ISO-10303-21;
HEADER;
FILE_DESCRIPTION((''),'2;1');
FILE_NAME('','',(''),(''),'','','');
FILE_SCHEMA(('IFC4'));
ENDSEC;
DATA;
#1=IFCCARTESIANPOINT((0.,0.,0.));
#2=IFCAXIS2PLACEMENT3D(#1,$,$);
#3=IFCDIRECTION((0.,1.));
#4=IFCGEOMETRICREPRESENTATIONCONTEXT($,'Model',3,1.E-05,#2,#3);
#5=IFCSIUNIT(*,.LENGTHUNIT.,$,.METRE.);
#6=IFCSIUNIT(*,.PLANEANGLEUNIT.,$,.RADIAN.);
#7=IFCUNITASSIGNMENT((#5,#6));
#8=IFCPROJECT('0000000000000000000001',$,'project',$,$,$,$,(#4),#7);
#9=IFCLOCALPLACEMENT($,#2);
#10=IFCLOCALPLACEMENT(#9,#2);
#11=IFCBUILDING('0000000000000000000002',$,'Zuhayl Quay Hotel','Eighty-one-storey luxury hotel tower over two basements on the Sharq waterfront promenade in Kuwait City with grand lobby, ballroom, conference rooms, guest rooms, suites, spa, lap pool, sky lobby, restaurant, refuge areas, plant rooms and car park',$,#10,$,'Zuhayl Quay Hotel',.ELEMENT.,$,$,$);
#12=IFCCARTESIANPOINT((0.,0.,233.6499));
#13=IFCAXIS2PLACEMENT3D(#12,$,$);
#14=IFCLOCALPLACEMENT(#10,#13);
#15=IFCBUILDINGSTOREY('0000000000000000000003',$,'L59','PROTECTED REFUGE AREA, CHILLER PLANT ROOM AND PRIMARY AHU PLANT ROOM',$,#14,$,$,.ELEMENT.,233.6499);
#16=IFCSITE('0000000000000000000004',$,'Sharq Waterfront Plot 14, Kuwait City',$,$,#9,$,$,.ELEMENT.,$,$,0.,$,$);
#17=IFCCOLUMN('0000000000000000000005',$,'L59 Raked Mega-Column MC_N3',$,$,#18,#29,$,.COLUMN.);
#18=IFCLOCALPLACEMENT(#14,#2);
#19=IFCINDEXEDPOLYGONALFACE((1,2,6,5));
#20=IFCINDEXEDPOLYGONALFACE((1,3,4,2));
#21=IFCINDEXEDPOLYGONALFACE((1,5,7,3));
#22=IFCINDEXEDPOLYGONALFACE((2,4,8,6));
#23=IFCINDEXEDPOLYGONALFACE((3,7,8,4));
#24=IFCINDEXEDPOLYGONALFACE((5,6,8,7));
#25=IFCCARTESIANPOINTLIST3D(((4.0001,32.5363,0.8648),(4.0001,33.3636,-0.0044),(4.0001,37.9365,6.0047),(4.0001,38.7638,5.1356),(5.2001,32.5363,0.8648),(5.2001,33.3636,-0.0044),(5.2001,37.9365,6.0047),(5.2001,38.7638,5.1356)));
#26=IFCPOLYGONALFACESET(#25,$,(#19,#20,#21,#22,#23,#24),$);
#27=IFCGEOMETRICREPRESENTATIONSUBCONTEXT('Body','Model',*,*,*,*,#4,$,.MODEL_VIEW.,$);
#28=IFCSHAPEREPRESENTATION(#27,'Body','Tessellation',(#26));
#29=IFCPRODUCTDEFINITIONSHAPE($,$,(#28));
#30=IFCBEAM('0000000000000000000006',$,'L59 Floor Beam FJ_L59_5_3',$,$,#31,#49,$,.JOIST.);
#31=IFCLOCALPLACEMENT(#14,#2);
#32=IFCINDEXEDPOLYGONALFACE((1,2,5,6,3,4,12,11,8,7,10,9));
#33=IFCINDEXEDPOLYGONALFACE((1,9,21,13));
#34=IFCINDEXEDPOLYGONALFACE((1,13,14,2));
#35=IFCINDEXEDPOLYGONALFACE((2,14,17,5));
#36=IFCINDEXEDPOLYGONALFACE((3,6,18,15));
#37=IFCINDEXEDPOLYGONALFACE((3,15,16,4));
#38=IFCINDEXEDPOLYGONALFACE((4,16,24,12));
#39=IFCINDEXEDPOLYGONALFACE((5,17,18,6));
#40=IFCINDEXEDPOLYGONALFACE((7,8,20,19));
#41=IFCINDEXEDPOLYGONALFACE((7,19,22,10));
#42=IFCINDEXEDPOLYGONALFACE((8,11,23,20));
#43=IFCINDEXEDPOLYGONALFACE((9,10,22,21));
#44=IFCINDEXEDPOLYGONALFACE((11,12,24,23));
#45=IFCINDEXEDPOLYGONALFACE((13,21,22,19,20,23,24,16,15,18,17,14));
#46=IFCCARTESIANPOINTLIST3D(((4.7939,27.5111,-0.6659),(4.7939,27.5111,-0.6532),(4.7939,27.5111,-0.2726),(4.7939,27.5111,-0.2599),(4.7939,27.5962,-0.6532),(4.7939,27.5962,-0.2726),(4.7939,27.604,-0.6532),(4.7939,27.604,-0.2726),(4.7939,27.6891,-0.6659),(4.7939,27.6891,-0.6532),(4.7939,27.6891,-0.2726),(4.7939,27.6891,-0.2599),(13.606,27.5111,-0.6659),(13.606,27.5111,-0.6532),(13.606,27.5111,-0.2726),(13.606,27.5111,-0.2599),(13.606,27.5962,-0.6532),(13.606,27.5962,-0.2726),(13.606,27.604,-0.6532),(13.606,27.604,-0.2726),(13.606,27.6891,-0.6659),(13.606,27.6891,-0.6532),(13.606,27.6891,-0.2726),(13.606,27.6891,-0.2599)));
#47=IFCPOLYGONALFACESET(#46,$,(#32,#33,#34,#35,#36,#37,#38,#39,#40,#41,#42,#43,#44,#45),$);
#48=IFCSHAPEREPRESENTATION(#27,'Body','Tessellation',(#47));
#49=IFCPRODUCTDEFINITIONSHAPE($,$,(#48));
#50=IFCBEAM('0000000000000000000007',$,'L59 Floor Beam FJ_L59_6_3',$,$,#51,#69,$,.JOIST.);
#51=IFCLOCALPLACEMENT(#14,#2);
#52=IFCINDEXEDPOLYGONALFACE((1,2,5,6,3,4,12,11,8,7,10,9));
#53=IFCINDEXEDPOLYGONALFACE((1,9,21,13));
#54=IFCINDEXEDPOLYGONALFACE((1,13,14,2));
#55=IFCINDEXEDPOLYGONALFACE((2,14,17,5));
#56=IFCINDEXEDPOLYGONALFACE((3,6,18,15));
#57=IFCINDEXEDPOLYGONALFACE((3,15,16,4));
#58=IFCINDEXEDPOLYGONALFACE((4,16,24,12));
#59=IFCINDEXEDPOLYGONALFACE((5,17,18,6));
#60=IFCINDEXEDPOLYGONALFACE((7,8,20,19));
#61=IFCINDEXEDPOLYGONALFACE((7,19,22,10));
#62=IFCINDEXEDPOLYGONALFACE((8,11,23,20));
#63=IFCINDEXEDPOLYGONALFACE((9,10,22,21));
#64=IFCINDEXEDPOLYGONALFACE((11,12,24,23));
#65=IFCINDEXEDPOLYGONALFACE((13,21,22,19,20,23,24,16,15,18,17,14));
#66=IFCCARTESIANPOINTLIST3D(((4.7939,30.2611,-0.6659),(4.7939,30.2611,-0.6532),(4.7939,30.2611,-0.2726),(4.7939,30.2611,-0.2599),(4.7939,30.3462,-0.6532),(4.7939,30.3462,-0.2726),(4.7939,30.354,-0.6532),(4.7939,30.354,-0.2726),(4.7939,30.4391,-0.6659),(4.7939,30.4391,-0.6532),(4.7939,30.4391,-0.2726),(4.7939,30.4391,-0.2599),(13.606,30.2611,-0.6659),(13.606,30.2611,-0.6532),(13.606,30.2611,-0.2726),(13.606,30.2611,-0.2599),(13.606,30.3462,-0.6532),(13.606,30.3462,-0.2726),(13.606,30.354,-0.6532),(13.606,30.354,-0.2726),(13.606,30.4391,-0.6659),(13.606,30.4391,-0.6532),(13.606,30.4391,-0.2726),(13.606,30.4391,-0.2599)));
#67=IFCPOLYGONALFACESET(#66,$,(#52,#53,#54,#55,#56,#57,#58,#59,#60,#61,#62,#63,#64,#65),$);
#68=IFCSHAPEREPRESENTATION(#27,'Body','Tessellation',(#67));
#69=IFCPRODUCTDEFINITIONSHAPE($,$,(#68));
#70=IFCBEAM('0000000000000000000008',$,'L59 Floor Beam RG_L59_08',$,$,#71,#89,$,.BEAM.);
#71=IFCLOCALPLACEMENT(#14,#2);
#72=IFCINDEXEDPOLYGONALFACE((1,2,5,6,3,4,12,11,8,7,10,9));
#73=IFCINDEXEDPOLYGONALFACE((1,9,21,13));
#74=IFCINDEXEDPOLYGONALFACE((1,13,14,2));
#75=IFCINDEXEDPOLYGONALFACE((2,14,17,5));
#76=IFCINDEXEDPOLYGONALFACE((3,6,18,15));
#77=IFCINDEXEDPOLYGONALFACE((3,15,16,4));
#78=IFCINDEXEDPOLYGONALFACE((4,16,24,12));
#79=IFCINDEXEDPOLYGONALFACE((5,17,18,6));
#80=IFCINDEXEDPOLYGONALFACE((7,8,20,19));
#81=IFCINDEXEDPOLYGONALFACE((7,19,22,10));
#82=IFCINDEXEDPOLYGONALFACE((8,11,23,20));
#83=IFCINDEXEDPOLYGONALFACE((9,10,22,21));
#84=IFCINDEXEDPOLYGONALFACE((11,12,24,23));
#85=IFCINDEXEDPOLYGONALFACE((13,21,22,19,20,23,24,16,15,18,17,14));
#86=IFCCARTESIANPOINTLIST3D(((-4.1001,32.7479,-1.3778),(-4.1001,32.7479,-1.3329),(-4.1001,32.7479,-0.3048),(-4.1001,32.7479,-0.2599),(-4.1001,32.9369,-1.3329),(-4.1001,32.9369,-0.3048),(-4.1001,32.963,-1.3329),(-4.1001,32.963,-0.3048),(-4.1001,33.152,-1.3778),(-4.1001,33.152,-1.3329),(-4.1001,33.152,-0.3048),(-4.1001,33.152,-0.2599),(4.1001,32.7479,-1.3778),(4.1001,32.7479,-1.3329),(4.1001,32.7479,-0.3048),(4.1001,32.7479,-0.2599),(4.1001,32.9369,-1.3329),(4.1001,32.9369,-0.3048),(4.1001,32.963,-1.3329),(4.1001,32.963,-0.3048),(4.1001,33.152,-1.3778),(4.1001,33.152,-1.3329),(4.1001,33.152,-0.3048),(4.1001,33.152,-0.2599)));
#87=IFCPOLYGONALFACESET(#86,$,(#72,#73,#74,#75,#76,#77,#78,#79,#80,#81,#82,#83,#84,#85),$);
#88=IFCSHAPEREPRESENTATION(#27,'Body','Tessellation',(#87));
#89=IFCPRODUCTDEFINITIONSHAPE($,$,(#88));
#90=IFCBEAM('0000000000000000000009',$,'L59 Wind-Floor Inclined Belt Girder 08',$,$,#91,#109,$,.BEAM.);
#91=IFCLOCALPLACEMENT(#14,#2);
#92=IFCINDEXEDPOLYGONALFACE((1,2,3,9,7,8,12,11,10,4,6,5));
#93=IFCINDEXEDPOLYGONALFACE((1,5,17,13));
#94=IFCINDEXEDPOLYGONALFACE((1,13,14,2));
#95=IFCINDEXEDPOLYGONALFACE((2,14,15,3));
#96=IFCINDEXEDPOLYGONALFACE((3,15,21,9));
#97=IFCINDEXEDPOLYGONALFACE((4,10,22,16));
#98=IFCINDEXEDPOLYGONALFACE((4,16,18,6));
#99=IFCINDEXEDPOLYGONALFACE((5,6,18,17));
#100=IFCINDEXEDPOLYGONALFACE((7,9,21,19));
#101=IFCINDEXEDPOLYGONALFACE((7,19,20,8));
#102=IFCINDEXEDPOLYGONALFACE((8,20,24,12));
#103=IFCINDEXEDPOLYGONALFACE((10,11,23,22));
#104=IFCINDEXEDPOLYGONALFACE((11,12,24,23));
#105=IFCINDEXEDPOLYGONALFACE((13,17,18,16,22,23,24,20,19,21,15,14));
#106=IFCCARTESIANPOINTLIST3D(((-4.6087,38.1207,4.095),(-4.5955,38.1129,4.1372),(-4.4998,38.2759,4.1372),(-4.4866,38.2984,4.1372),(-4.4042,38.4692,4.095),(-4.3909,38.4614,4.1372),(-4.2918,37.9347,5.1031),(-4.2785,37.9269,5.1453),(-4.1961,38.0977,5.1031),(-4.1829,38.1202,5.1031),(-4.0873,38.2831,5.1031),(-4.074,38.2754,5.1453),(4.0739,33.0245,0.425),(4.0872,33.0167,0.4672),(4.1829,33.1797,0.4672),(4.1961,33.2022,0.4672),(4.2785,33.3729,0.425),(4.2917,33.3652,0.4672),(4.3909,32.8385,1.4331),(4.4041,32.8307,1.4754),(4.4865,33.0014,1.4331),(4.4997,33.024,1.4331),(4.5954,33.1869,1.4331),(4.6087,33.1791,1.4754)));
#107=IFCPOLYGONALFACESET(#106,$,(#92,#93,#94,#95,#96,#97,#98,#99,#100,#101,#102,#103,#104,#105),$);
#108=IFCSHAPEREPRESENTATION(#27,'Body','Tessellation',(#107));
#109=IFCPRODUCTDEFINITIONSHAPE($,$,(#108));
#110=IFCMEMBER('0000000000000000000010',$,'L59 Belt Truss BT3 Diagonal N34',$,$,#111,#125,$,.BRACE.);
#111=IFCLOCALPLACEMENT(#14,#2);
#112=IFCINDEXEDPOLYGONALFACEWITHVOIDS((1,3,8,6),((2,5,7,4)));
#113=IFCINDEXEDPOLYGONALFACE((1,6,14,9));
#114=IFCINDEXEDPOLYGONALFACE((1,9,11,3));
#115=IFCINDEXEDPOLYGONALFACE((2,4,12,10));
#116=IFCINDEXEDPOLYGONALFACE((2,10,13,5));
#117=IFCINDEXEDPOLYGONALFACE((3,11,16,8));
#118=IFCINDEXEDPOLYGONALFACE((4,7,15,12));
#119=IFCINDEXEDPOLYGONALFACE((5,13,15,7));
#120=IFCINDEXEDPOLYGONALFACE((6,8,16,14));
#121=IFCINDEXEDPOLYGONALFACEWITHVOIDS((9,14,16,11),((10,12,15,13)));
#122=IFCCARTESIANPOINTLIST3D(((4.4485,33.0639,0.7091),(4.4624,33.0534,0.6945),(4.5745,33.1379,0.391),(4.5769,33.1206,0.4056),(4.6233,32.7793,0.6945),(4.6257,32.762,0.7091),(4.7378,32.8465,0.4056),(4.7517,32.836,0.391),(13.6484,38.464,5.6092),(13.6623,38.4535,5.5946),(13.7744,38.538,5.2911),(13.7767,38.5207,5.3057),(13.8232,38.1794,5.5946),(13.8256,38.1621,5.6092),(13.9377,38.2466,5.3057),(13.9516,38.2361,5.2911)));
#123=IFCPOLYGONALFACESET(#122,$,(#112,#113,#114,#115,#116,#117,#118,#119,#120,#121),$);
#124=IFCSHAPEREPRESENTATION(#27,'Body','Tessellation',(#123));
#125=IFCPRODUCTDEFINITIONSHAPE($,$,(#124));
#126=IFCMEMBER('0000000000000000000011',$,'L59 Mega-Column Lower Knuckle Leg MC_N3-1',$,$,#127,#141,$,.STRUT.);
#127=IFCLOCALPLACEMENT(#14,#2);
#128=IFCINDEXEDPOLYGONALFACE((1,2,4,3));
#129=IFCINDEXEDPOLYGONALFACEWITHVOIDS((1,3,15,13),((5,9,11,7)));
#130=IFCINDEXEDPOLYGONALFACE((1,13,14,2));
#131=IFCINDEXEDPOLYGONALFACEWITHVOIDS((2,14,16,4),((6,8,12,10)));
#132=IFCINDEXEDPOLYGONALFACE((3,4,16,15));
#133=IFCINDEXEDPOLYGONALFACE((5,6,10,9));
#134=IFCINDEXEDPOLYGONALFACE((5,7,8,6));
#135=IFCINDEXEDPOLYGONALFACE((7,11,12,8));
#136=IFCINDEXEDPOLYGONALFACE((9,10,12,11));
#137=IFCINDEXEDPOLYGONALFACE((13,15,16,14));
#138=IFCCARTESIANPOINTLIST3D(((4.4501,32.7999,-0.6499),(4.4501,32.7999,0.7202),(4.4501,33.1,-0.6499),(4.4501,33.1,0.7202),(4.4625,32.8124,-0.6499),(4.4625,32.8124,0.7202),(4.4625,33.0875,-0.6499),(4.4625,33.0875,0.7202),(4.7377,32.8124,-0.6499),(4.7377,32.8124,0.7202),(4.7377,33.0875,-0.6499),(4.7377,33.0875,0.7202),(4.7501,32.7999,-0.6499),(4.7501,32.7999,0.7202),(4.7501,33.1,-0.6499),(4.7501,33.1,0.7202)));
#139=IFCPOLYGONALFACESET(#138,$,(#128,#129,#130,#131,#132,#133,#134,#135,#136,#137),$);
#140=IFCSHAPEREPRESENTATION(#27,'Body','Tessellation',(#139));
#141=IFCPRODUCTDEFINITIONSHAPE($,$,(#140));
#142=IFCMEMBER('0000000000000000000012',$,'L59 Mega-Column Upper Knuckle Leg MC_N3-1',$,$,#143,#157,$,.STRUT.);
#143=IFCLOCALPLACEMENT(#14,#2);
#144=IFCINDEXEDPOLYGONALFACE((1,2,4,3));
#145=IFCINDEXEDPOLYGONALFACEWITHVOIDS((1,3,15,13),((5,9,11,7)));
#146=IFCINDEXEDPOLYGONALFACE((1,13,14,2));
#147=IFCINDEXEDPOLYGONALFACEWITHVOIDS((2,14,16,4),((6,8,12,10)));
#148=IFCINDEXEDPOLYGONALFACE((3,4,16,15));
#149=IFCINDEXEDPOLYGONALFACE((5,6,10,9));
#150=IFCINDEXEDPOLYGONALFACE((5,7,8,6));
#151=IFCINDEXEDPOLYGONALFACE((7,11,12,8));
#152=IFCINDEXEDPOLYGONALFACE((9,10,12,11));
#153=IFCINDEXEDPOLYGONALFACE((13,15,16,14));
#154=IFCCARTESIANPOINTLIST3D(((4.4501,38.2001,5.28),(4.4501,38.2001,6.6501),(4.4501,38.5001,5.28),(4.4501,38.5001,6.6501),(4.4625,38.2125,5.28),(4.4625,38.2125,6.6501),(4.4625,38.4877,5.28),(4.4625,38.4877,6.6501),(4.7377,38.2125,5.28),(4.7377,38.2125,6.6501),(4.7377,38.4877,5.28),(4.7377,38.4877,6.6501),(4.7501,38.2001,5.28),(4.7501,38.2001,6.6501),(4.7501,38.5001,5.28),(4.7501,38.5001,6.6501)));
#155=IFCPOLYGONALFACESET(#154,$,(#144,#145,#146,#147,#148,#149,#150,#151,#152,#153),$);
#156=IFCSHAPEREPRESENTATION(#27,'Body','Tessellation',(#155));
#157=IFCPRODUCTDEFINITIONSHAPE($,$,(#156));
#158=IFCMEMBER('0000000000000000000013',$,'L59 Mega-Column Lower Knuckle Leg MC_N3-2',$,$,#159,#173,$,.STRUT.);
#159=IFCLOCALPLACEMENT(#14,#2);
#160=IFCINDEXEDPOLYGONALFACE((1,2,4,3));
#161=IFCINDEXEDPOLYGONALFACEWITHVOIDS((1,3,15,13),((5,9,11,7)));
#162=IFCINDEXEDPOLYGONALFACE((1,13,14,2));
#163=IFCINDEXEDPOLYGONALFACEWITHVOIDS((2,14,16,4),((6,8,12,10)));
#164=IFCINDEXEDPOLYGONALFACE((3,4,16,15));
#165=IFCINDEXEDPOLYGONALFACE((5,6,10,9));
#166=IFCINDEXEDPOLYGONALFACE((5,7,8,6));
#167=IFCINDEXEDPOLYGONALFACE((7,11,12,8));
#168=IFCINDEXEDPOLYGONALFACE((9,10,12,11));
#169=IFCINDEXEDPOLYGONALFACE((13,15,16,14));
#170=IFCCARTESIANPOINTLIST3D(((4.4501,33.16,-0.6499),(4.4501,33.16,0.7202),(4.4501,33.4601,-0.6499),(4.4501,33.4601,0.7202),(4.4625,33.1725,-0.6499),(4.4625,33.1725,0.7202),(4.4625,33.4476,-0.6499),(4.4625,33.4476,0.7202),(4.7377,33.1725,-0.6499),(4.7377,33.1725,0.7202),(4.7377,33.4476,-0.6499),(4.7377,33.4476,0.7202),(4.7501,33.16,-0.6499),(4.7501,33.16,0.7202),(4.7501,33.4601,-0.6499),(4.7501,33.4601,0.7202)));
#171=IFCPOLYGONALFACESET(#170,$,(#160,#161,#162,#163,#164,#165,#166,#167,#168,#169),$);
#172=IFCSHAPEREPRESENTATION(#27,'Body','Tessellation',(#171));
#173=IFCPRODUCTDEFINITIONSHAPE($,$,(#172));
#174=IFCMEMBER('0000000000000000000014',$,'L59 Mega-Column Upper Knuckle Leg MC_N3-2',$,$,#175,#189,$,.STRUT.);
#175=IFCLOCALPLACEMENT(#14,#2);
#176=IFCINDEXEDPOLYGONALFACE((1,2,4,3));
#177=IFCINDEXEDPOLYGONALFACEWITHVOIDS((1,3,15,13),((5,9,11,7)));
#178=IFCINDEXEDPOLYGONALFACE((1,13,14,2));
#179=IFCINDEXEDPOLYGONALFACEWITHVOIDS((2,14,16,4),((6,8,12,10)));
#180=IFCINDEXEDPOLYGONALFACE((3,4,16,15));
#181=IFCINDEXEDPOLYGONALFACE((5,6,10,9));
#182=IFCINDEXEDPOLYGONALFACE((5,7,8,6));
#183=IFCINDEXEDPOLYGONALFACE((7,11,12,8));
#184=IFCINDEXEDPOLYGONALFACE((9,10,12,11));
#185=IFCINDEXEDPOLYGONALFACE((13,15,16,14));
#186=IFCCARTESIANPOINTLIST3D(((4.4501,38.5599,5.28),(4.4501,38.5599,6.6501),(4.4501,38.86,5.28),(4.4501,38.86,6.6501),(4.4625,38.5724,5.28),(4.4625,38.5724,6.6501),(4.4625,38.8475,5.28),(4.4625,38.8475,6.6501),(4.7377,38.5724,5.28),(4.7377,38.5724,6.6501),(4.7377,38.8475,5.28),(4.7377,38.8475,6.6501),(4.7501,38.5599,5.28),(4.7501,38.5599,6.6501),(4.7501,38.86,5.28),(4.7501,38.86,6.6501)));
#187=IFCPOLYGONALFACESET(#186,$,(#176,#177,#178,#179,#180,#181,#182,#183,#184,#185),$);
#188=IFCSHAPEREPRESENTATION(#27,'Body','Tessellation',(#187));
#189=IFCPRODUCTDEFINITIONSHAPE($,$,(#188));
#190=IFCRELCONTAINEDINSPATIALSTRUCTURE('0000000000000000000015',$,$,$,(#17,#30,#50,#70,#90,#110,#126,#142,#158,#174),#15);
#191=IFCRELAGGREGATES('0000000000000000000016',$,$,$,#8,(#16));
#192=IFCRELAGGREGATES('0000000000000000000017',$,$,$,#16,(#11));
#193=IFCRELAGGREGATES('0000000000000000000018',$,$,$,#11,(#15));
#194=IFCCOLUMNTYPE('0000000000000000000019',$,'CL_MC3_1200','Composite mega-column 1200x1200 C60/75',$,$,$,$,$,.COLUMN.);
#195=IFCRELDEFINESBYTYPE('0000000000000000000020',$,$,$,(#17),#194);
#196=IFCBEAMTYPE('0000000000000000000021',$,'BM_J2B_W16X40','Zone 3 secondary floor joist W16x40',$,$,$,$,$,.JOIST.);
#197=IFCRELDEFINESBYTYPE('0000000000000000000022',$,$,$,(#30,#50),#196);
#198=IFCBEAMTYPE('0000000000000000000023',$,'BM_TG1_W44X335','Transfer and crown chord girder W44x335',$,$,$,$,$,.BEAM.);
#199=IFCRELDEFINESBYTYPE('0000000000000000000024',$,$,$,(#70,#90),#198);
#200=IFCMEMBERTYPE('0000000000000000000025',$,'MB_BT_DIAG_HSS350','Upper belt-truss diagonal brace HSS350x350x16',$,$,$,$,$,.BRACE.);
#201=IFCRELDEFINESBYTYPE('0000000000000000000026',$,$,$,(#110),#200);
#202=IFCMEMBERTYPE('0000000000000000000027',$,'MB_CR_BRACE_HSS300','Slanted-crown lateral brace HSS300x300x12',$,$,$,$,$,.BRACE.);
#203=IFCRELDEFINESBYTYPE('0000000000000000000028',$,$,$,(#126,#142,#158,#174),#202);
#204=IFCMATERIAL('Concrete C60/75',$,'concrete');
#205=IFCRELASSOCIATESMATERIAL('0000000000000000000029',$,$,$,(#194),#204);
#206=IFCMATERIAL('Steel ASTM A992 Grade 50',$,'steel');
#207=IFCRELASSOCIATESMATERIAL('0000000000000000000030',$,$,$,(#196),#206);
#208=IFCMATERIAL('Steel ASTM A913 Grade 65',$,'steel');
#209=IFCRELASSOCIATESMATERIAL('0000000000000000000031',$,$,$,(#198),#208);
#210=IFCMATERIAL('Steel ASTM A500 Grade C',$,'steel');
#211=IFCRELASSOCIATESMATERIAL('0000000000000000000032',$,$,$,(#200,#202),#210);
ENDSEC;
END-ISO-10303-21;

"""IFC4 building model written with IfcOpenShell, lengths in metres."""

from ifc_helpers import new_model, si_unit, direction, frame, origin, origin_2d, place, context, subcontext, project, spatial, rectangle, hollow_rectangle, i_section, extrude, material, material_profile, profile_set, type_object, element, save


model = new_model("IFC4")

# Units and contexts
model_context = context("Model", 3, precision=1e-05, world=origin(), true_north=direction((0.0, 1.0)))
body_context = subcontext(model_context, "Body", "Model", "MODEL_VIEW")
ifc_project = project(units=[si_unit("LENGTHUNIT", "METRE"), si_unit("PLANEANGLEUNIT", "RADIAN")], contexts=[model_context])

# Site, building, storey
site_placement = place(None, origin())
site = spatial("IfcSite", under=ifc_project, at=site_placement, Name="Sharq Waterfront Plot 14, Kuwait City", CompositionType="ELEMENT", RefElevation=0.0)
building_placement = place(site_placement, origin())
building = spatial("IfcBuilding", under=site, at=building_placement, Name="Zuhayl Quay Hotel", Description="Eighty-one-storey luxury hotel tower over two basements on the Sharq waterfront promenade in Kuwait City with grand lobby, ballroom, conference rooms, guest rooms, suites, spa, lap pool, sky lobby, restaurant, refuge areas, plant rooms and car park", LongName="Zuhayl Quay Hotel", CompositionType="ELEMENT")
storey_placement = place(building_placement, frame((0.0, 0.0, 233.6499)))
storey = spatial("IfcBuildingStorey", under=building, at=storey_placement, Name="L59", Description="PROTECTED REFUGE AREA, CHILLER PLANT ROOM AND PRIMARY AHU PLANT ROOM", CompositionType="ELEMENT", Elevation=233.6499)

# Column
ifc_material_1 = material(Name="Concrete C60/75", Category="concrete")
ifc_material_profile_1 = material_profile(ifc_material_1, rectangle(XDim=1.2, YDim=1.2, at=origin_2d()), Name="RC1200X1200")
ifc_profile_set_1 = profile_set([ifc_material_profile_1], Name="Concrete C60/75")
column_type = type_object("IfcColumnType", Name="CL_MC3_1200", Description="Composite mega-column 1200x1200 C60/75", PredefinedType="COLUMN", material=ifc_profile_set_1)
column_placement = place(storey_placement, frame((4.6001, 32.95, 0.4302), z_axis=(0.0, 0.724346, 0.689437), x_axis=(-1.0, 0.0, 0.0)))
element("IfcColumn", 1, at=column_placement, inside=storey, type_object=column_type, Name="L59 Raked Mega-Column MC_N3", PredefinedType="COLUMN", context=body_context, shape_type="SweptSolid", body=[
    extrude(rectangle(XDim=1.2, YDim=1.2, at=origin_2d()), origin(), (0.0, 0.0, 1.0), 7.4553),
])

# Beams
ifc_material_2 = material(Name="Steel ASTM A992 Grade 50", Category="steel")
ifc_material_profile_2 = material_profile(ifc_material_2, i_section(OverallWidth=0.178, OverallDepth=0.406, WebThickness=0.0078, FlangeThickness=0.0127, at=origin_2d()), Name="W16X40")
ifc_profile_set_2 = profile_set([ifc_material_profile_2], Name="Steel ASTM A992 Grade 50")
beam_type_1 = type_object("IfcBeamType", Name="BM_J2B_W16X40", Description="Zone 3 secondary floor joist W16x40", PredefinedType="JOIST", material=ifc_profile_set_2)
for number, where, z_axis, x_axis, name in (
    (2, (4.7939, 27.6001, -0.4629), (1.0, 0.0, 0.0), (0.0, 1.0, 0.0), "L59 Floor Beam FJ_L59_5_3"),
    (3, (4.7939, 30.3501, -0.4629), (1.0, 0.0, 0.0), (0.0, 1.0, 0.0), "L59 Floor Beam FJ_L59_6_3"),
):
    element("IfcBeam", number, at=place(storey_placement, frame(where, z_axis=z_axis, x_axis=x_axis)), inside=storey, type_object=beam_type_1, Name=name, PredefinedType="JOIST", context=body_context, shape_type="SweptSolid", body=[
        extrude(i_section(OverallWidth=0.178, OverallDepth=0.406, WebThickness=0.0078, FlangeThickness=0.0127, at=origin_2d()), origin(), (0.0, 0.0, 1.0), 8.812),
    ])
ifc_material_3 = material(Name="Steel ASTM A913 Grade 65", Category="steel")
ifc_material_profile_3 = material_profile(ifc_material_3, i_section(OverallWidth=0.4041, OverallDepth=1.1179, WebThickness=0.0261, FlangeThickness=0.0449, at=origin_2d()), Name="W44X335")
ifc_profile_set_3 = profile_set([ifc_material_profile_3], Name="Steel ASTM A913 Grade 65")
beam_type_2 = type_object("IfcBeamType", Name="BM_TG1_W44X335", Description="Transfer and crown chord girder W44x335", PredefinedType="BEAM", material=ifc_profile_set_3)
beam_1_placement = place(storey_placement, frame((4.1001, 32.95, -0.8188), z_axis=(-1.0, 0.0, 0.0), x_axis=(0.0, -1.0, 0.0)))
element("IfcBeam", 4, at=beam_1_placement, inside=storey, type_object=beam_type_2, Name="L59 Floor Beam RG_L59_08", PredefinedType="BEAM", context=body_context, shape_type="SweptSolid", body=[
    extrude(i_section(OverallWidth=0.4041, OverallDepth=1.1179, WebThickness=0.0261, FlangeThickness=0.0449, at=origin_2d()), origin(), (0.0, 0.0, 1.0), 8.2002),
])
beam_2_placement = place(storey_placement, frame((4.3413, 33.1018, 0.9502), z_axis=(-0.810267, 0.475579, 0.342479), x_axis=(-0.506191, -0.862421, 0.0)))
element("IfcBeam", 5, at=beam_2_placement, inside=storey, type_object=beam_type_2, Name="L59 Wind-Floor Inclined Belt Girder 08", PredefinedType="BEAM", context=body_context, shape_type="SweptSolid", body=[
    extrude(i_section(OverallWidth=0.4041, OverallDepth=1.1179, WebThickness=0.0261, FlangeThickness=0.0449, at=origin_2d()), origin(), (0.0, 0.0, 1.0), 10.7158),
])

# Members
ifc_material_4 = material(Name="Steel ASTM A500 Grade C", Category="steel")
ifc_material_profile_4 = material_profile(ifc_material_4, hollow_rectangle(XDim=0.3501, YDim=0.3501, WallThickness=0.0161, at=origin_2d()), Name="HSS350X350X16")
ifc_profile_set_4 = profile_set([ifc_material_profile_4], Name="Steel ASTM A500 Grade C")
member_type_1 = type_object("IfcMemberType", Name="MB_BT_DIAG_HSS350", Description="Upper belt-truss diagonal brace HSS350x350x16", PredefinedType="BRACE", material=ifc_profile_set_4)
member_placement = place(storey_placement, frame((4.6001, 32.95, 0.55), z_axis=(0.783686, 0.460004, 0.417412), x_axis=(-0.506213, 0.862409, 0.0)))
element("IfcMember", 6, at=member_placement, inside=storey, type_object=member_type_1, Name="L59 Belt Truss BT3 Diagonal N34", PredefinedType="BRACE", context=body_context, shape_type="SweptSolid", body=[
    extrude(hollow_rectangle(XDim=0.3501, YDim=0.3501, WallThickness=0.0161, at=origin_2d()), origin(), (0.0, 0.0, 1.0), 11.7393),
])
ifc_material_profile_5 = material_profile(ifc_material_4, hollow_rectangle(XDim=0.3, YDim=0.3, WallThickness=0.0125, at=origin_2d()), Name="HSS300X300X12")
ifc_profile_set_5 = profile_set([ifc_material_profile_5], Name="Steel ASTM A500 Grade C")
member_type_2 = type_object("IfcMemberType", Name="MB_CR_BRACE_HSS300", Description="Slanted-crown lateral brace HSS300x300x12", PredefinedType="BRACE", material=ifc_profile_set_5)
for number, where, z_axis, x_axis, name in (
    (7, (4.6001, 32.95, -0.6499), (0.0, 0.0, 1.0), (1.0, 0.0, 0.0), "L59 Mega-Column Lower Knuckle Leg MC_N3-1"),
    (8, (4.6001, 38.3501, 5.28), (0.0, 0.0, 1.0), (1.0, 0.0, 0.0), "L59 Mega-Column Upper Knuckle Leg MC_N3-1"),
    (9, (4.6001, 33.3101, -0.6499), (0.0, 0.0, 1.0), (1.0, 0.0, 0.0), "L59 Mega-Column Lower Knuckle Leg MC_N3-2"),
    (10, (4.6001, 38.71, 5.28), (0.0, 0.0, 1.0), (1.0, 0.0, 0.0), "L59 Mega-Column Upper Knuckle Leg MC_N3-2"),
):
    element("IfcMember", number, at=place(storey_placement, frame(where, z_axis=z_axis, x_axis=x_axis)), inside=storey, type_object=member_type_2, Name=name, PredefinedType="STRUT", context=body_context, shape_type="SweptSolid", body=[
        extrude(hollow_rectangle(XDim=0.3, YDim=0.3, WallThickness=0.0125, at=origin_2d()), origin(), (0.0, 0.0, 1.0), 1.3701),
    ])

save(model, "model.ifc")
